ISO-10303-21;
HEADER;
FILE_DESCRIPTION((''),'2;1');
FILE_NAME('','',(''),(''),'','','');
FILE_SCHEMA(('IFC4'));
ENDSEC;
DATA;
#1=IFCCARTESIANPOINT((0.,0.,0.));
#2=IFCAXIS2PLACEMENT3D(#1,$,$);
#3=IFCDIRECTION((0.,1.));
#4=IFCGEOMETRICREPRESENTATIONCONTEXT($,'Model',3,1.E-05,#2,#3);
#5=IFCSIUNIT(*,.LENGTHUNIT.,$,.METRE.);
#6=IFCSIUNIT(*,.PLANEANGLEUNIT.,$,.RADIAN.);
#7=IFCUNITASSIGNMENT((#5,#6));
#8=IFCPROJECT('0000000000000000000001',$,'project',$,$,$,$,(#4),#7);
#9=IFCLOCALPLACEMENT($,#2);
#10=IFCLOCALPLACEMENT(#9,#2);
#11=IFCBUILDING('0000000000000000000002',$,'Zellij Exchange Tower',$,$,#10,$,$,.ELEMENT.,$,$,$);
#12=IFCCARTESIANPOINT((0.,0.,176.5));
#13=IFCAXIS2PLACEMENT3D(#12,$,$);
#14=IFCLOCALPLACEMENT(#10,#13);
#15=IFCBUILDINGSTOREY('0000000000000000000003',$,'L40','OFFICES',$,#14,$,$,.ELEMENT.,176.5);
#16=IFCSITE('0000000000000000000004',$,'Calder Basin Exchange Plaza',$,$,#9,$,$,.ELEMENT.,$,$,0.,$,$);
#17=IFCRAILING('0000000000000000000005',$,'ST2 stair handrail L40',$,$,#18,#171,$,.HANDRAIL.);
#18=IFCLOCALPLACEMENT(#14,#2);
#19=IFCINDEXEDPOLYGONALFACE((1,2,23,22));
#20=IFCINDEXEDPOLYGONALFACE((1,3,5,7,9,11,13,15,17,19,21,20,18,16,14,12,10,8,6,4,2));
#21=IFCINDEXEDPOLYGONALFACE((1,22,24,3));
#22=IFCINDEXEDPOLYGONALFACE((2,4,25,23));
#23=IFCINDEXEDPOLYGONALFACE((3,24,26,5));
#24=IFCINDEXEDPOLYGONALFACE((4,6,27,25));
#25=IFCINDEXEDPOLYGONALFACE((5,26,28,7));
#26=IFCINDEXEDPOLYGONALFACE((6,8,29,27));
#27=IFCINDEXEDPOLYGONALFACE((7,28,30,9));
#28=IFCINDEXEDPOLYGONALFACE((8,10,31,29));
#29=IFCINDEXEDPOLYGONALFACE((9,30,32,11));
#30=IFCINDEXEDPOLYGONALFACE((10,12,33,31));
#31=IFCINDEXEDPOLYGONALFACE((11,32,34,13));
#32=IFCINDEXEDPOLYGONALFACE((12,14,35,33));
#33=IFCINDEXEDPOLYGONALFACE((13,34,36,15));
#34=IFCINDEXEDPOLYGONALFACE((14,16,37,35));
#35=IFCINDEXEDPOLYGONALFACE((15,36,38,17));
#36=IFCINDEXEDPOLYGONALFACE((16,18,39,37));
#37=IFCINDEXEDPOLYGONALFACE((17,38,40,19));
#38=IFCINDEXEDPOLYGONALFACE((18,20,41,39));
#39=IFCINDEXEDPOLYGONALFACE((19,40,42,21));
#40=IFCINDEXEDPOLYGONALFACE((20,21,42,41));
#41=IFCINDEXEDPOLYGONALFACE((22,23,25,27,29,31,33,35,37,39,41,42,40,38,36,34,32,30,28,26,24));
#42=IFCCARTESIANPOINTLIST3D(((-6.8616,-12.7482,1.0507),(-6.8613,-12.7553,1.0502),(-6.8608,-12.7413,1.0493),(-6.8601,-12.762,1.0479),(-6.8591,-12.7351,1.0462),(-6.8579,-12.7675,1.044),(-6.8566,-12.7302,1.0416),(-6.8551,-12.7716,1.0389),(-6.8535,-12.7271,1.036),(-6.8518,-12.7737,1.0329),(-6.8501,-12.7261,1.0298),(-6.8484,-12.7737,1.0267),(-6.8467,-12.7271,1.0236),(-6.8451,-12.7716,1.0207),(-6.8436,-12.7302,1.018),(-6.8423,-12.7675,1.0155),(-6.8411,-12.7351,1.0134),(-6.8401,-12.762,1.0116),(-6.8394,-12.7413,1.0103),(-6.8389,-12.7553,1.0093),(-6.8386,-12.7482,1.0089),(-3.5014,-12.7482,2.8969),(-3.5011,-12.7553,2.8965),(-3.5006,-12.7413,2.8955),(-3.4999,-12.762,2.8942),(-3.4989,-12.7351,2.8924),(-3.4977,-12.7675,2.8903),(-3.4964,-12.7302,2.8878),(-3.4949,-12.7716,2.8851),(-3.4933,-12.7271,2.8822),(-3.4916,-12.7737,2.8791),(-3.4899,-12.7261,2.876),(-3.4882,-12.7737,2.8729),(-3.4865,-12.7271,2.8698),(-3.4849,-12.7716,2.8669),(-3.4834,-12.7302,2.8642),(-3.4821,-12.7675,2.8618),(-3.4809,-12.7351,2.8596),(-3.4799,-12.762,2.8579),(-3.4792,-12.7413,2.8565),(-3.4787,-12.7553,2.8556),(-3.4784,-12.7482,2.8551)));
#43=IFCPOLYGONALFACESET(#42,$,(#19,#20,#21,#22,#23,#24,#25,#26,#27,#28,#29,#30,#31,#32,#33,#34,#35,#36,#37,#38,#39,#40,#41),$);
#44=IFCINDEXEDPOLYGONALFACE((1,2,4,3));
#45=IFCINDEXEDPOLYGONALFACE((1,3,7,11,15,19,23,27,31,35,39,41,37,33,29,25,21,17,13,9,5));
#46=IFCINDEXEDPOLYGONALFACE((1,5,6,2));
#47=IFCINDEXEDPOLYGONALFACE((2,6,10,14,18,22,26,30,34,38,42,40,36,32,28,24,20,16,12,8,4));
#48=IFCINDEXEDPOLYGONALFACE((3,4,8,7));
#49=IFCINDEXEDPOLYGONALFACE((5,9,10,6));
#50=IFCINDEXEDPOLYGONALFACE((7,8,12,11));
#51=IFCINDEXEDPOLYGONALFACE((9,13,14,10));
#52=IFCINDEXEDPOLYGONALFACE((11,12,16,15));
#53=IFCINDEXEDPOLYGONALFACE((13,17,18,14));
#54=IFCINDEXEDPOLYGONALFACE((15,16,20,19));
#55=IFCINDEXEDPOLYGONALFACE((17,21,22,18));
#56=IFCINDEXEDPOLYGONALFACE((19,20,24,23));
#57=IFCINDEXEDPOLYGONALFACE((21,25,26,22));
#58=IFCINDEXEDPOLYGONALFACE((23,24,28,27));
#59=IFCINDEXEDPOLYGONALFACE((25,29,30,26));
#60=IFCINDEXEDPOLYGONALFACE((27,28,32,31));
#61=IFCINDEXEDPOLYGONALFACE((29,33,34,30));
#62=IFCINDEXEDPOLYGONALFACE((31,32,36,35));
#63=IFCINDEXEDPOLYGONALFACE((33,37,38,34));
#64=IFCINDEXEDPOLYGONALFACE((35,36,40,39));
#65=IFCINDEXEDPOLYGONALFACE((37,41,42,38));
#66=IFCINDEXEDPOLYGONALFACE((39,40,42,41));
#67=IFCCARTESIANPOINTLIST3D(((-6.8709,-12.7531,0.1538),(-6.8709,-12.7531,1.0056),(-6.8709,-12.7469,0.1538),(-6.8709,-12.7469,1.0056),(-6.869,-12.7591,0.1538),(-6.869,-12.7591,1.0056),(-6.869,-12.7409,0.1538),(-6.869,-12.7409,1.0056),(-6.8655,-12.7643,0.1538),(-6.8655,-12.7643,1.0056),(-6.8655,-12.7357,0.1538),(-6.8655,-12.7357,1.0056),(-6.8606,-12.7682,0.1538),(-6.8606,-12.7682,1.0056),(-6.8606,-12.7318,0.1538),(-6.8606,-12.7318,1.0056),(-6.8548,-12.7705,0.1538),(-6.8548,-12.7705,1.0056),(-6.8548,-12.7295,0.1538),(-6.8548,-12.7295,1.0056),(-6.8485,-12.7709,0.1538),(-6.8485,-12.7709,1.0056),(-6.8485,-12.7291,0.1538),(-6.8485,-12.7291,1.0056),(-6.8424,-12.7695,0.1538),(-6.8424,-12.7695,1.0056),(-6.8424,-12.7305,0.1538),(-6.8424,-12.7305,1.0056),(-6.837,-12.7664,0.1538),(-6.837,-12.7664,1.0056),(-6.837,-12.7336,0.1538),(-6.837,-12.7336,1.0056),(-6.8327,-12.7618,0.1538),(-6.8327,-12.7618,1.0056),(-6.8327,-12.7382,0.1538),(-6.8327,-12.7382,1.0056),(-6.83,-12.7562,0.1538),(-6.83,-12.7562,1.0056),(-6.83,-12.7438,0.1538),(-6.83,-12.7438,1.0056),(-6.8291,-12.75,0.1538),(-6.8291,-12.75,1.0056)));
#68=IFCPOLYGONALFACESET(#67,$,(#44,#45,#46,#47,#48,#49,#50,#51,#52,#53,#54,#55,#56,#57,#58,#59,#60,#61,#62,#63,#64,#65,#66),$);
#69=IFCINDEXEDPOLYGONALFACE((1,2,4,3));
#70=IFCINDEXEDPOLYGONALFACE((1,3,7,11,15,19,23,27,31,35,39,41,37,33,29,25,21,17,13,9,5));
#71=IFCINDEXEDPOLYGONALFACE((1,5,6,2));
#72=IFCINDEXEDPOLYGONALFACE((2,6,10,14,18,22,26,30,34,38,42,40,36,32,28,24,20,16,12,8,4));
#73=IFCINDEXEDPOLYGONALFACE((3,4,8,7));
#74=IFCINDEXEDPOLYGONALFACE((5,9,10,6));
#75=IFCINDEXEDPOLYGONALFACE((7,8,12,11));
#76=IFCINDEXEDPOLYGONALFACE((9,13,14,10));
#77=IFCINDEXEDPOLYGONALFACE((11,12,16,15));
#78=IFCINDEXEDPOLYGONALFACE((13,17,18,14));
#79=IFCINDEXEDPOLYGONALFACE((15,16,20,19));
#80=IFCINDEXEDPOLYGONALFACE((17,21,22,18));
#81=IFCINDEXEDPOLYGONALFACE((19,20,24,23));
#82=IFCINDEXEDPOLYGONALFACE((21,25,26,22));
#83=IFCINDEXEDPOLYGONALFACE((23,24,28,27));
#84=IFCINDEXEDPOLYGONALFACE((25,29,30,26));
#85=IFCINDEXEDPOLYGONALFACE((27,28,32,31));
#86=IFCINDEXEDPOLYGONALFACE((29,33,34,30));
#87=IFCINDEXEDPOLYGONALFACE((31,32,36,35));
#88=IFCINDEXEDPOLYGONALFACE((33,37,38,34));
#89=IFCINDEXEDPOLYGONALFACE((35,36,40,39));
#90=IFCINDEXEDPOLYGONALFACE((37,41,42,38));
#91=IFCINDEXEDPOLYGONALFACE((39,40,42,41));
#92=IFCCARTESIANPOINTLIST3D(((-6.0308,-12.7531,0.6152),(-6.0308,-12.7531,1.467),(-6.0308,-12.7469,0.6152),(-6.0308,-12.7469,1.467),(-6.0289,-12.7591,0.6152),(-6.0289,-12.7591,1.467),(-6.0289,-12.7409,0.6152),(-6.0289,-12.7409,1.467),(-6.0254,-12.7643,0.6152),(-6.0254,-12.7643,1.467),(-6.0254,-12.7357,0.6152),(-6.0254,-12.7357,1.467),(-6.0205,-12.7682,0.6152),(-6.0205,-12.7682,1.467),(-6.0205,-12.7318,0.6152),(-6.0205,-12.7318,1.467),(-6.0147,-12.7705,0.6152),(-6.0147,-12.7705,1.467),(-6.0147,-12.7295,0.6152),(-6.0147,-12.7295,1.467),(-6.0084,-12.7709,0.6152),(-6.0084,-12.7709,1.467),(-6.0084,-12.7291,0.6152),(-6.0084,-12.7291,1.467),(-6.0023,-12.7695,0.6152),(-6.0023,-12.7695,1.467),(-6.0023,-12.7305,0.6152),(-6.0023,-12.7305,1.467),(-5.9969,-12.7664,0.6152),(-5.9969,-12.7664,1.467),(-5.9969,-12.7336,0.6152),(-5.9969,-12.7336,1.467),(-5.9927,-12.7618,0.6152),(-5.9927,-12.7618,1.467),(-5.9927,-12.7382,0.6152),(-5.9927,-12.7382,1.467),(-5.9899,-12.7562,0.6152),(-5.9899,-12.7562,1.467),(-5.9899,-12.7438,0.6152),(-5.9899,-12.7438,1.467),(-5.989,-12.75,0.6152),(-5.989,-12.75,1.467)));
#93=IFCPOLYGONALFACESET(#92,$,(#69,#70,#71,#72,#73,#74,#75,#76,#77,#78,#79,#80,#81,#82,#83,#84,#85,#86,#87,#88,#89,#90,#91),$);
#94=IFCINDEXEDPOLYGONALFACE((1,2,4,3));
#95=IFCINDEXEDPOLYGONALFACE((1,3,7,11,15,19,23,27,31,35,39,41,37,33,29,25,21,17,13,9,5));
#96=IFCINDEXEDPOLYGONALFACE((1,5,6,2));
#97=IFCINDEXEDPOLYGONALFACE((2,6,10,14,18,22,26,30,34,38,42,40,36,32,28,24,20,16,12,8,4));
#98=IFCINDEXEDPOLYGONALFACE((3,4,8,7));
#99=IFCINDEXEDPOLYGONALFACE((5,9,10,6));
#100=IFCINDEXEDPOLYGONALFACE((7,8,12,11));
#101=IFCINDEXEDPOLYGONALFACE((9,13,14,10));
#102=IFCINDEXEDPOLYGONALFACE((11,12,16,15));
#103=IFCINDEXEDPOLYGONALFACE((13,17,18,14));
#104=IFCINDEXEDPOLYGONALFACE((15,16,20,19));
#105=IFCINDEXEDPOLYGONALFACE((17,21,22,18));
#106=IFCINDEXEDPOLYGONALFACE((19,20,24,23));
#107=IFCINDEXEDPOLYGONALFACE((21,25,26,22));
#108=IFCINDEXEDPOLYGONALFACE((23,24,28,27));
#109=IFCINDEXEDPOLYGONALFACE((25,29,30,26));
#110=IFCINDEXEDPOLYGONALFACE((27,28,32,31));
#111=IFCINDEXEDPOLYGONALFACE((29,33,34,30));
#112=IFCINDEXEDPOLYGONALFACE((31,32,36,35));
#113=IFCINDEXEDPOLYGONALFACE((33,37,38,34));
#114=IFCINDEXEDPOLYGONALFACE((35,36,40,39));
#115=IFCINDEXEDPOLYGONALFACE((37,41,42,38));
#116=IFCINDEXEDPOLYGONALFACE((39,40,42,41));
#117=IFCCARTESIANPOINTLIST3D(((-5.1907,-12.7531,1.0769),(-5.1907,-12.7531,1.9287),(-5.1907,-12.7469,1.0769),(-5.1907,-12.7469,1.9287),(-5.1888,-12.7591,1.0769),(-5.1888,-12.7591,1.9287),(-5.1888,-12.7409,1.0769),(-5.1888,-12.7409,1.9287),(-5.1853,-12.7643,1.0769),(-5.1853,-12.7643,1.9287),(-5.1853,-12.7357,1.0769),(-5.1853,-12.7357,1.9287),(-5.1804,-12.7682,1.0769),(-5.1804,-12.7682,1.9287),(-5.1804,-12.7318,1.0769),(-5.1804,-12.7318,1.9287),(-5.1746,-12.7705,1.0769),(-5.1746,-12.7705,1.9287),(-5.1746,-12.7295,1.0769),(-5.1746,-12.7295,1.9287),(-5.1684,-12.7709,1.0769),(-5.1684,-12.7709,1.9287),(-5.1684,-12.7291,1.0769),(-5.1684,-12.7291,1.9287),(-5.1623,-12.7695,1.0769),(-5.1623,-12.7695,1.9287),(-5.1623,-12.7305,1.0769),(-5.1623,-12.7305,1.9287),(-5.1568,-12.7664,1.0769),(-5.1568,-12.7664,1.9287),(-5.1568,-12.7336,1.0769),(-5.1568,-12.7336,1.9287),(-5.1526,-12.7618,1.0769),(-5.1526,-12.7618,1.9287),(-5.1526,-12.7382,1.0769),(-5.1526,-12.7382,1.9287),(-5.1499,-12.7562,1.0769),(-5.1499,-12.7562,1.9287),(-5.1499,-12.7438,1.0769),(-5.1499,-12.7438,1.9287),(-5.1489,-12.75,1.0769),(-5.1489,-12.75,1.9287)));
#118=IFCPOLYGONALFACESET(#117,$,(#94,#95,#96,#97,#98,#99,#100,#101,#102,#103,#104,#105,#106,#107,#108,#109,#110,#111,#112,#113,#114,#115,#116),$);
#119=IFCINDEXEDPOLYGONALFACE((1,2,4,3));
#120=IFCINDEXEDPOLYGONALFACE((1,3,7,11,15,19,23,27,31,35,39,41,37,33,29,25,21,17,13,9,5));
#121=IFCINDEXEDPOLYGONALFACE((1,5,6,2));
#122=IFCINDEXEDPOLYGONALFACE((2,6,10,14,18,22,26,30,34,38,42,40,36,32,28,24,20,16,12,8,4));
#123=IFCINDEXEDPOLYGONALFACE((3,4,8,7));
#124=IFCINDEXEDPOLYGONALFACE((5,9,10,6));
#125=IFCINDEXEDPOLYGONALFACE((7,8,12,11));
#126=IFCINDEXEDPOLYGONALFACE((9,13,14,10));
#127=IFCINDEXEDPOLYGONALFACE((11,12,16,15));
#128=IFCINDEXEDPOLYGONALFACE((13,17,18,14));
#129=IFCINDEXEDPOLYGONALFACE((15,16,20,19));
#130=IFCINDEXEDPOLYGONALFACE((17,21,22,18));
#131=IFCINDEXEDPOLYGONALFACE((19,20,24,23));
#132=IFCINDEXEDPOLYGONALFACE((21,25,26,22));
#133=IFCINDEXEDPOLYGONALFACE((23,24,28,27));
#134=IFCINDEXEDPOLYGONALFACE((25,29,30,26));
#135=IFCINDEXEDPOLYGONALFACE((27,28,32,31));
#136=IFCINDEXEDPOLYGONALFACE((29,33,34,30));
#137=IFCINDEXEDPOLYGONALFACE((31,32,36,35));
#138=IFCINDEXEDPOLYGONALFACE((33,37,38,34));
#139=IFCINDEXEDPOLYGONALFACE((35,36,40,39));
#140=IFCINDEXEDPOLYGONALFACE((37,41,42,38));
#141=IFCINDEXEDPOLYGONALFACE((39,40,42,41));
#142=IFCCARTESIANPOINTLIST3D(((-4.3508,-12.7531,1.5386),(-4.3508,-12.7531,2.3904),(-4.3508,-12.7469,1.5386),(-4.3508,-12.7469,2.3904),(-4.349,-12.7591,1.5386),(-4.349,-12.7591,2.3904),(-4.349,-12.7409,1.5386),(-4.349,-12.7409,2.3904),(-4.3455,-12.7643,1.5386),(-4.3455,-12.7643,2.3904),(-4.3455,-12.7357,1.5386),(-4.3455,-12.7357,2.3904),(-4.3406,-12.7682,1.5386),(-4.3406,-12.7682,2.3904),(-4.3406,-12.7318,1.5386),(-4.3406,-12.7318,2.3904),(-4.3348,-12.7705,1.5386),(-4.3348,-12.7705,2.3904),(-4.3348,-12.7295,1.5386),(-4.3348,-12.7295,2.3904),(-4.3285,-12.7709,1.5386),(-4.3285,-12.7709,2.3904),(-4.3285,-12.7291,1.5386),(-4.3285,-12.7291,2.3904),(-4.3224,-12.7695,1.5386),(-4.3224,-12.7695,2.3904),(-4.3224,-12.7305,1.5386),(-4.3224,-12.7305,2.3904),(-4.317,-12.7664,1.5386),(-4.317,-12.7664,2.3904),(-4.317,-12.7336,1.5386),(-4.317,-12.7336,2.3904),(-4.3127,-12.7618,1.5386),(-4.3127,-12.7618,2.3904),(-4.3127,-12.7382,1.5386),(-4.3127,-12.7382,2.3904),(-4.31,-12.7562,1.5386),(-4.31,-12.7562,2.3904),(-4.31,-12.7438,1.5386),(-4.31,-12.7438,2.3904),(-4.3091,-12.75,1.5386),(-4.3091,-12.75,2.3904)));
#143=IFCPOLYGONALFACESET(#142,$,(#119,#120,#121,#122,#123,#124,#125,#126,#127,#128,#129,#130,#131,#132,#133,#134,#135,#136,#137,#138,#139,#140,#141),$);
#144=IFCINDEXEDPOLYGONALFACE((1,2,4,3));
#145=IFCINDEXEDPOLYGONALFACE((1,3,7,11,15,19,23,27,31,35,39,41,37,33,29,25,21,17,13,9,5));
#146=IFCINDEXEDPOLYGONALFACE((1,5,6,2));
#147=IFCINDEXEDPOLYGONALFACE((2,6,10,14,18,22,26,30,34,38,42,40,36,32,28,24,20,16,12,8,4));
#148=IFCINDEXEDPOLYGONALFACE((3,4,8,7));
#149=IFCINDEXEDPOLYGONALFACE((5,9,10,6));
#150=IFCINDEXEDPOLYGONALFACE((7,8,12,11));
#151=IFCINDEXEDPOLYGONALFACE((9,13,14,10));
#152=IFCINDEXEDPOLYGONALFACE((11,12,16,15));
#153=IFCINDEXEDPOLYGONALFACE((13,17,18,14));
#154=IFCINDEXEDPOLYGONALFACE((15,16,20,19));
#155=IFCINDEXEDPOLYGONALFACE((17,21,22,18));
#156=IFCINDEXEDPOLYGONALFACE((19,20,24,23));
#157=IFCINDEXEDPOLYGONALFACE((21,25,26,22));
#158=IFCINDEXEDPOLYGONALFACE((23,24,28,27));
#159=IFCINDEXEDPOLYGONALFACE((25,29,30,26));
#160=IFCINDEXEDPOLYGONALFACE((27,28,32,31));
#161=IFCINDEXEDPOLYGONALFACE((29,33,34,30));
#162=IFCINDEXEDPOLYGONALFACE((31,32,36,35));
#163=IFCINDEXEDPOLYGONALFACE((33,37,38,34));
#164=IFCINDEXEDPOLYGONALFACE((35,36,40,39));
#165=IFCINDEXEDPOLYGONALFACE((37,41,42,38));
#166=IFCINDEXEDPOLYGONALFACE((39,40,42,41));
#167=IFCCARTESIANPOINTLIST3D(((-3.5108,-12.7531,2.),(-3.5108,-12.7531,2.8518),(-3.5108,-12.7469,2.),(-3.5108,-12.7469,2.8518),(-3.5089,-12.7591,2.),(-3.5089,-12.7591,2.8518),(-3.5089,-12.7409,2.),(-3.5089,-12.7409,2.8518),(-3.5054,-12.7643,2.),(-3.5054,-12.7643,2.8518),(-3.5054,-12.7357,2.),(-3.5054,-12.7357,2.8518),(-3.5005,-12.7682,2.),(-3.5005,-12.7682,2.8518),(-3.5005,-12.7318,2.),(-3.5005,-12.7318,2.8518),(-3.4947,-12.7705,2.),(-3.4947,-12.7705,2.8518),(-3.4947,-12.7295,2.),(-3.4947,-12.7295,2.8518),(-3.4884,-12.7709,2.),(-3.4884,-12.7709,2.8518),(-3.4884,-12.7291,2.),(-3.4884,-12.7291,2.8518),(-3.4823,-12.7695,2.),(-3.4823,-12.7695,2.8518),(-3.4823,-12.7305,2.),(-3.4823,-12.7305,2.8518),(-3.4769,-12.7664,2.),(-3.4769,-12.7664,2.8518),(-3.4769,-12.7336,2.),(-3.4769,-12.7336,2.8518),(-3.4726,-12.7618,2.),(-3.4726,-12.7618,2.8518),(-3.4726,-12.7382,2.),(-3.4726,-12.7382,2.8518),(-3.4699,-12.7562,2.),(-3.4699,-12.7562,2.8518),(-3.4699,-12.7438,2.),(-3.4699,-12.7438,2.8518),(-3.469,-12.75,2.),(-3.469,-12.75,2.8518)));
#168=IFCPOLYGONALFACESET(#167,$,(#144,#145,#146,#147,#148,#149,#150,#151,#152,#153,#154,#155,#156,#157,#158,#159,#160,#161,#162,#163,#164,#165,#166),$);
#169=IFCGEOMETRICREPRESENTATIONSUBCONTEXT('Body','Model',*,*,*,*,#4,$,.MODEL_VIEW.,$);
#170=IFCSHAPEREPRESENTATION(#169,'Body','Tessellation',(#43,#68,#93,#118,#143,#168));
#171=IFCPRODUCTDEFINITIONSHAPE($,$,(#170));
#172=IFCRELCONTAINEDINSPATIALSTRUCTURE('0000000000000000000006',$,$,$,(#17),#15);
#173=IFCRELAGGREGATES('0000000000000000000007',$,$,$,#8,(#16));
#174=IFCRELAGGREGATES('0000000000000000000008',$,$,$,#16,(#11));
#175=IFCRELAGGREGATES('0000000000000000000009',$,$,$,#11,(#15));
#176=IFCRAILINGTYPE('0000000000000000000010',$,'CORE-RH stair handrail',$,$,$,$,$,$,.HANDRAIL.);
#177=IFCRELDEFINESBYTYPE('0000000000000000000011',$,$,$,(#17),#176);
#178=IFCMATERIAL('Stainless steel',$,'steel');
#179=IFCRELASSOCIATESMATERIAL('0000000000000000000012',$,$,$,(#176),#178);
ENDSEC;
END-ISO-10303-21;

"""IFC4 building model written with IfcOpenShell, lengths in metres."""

from ifc_helpers import new_model, si_unit, direction, frame, origin, origin_2d, place, context, subcontext, project, spatial, circle, extrude, material, type_object, element, save


model = new_model("IFC4")

# Units and contexts
model_context = context("Model", 3, precision=1e-05, world=origin(), true_north=direction((0.0, 1.0)))
body_context = subcontext(model_context, "Body", "Model", "MODEL_VIEW")
ifc_project = project(units=[si_unit("LENGTHUNIT", "METRE"), si_unit("PLANEANGLEUNIT", "RADIAN")], contexts=[model_context])

# Site, building, storey
site_placement = place(None, origin())
site = spatial("IfcSite", under=ifc_project, at=site_placement, Name="Calder Basin Exchange Plaza", CompositionType="ELEMENT", RefElevation=0.0)
building_placement = place(site_placement, origin())
building = spatial("IfcBuilding", under=site, at=building_placement, Name="Zellij Exchange Tower", CompositionType="ELEMENT")
storey_placement = place(building_placement, frame((0.0, 0.0, 176.5)))
storey = spatial("IfcBuildingStorey", under=building, at=storey_placement, Name="L40", Description="OFFICES", CompositionType="ELEMENT", Elevation=176.5)

# Railing
ifc_material_1 = material(Name="Stainless steel", Category="steel")
railing_type_1 = type_object("IfcRailingType", Name="CORE-RH stair handrail", PredefinedType="HANDRAIL", material=ifc_material_1)
railing_1_placement = place(storey_placement, frame((-6.8501, -12.75, 0.1538)))
element("IfcRailing", 1, at=railing_1_placement, inside=storey, type_object=railing_type_1, Name="ST2 stair handrail L40", PredefinedType="HANDRAIL", context=body_context, shape_type="SweptSolid", body=[
    extrude(circle(Radius=0.0239, at=origin_2d()), frame((0.0, 0.0, 0.876), z_axis=(0.876422, 0.0, 0.481545), x_axis=(0.0, 1.0, 0.0)), (0.0, 0.0, 1.0), 3.834),
    extrude(circle(Radius=0.021, at=origin_2d()), origin(), (0.0, 0.0, 1.0), 0.8518),
    extrude(circle(Radius=0.021, at=origin_2d()), frame((0.8401, 0.0, 0.4614)), (0.0, 0.0, 1.0), 0.8518),
    extrude(circle(Radius=0.021, at=origin_2d()), frame((1.6802, 0.0, 0.9231)), (0.0, 0.0, 1.0), 0.8518),
    extrude(circle(Radius=0.021, at=origin_2d()), frame((2.52, 0.0, 1.3848)), (0.0, 0.0, 1.0), 0.8518),
    extrude(circle(Radius=0.021, at=origin_2d()), frame((3.3601, 0.0, 1.8462)), (0.0, 0.0, 1.0), 0.8518),
])

save(model, "model.ifc")
